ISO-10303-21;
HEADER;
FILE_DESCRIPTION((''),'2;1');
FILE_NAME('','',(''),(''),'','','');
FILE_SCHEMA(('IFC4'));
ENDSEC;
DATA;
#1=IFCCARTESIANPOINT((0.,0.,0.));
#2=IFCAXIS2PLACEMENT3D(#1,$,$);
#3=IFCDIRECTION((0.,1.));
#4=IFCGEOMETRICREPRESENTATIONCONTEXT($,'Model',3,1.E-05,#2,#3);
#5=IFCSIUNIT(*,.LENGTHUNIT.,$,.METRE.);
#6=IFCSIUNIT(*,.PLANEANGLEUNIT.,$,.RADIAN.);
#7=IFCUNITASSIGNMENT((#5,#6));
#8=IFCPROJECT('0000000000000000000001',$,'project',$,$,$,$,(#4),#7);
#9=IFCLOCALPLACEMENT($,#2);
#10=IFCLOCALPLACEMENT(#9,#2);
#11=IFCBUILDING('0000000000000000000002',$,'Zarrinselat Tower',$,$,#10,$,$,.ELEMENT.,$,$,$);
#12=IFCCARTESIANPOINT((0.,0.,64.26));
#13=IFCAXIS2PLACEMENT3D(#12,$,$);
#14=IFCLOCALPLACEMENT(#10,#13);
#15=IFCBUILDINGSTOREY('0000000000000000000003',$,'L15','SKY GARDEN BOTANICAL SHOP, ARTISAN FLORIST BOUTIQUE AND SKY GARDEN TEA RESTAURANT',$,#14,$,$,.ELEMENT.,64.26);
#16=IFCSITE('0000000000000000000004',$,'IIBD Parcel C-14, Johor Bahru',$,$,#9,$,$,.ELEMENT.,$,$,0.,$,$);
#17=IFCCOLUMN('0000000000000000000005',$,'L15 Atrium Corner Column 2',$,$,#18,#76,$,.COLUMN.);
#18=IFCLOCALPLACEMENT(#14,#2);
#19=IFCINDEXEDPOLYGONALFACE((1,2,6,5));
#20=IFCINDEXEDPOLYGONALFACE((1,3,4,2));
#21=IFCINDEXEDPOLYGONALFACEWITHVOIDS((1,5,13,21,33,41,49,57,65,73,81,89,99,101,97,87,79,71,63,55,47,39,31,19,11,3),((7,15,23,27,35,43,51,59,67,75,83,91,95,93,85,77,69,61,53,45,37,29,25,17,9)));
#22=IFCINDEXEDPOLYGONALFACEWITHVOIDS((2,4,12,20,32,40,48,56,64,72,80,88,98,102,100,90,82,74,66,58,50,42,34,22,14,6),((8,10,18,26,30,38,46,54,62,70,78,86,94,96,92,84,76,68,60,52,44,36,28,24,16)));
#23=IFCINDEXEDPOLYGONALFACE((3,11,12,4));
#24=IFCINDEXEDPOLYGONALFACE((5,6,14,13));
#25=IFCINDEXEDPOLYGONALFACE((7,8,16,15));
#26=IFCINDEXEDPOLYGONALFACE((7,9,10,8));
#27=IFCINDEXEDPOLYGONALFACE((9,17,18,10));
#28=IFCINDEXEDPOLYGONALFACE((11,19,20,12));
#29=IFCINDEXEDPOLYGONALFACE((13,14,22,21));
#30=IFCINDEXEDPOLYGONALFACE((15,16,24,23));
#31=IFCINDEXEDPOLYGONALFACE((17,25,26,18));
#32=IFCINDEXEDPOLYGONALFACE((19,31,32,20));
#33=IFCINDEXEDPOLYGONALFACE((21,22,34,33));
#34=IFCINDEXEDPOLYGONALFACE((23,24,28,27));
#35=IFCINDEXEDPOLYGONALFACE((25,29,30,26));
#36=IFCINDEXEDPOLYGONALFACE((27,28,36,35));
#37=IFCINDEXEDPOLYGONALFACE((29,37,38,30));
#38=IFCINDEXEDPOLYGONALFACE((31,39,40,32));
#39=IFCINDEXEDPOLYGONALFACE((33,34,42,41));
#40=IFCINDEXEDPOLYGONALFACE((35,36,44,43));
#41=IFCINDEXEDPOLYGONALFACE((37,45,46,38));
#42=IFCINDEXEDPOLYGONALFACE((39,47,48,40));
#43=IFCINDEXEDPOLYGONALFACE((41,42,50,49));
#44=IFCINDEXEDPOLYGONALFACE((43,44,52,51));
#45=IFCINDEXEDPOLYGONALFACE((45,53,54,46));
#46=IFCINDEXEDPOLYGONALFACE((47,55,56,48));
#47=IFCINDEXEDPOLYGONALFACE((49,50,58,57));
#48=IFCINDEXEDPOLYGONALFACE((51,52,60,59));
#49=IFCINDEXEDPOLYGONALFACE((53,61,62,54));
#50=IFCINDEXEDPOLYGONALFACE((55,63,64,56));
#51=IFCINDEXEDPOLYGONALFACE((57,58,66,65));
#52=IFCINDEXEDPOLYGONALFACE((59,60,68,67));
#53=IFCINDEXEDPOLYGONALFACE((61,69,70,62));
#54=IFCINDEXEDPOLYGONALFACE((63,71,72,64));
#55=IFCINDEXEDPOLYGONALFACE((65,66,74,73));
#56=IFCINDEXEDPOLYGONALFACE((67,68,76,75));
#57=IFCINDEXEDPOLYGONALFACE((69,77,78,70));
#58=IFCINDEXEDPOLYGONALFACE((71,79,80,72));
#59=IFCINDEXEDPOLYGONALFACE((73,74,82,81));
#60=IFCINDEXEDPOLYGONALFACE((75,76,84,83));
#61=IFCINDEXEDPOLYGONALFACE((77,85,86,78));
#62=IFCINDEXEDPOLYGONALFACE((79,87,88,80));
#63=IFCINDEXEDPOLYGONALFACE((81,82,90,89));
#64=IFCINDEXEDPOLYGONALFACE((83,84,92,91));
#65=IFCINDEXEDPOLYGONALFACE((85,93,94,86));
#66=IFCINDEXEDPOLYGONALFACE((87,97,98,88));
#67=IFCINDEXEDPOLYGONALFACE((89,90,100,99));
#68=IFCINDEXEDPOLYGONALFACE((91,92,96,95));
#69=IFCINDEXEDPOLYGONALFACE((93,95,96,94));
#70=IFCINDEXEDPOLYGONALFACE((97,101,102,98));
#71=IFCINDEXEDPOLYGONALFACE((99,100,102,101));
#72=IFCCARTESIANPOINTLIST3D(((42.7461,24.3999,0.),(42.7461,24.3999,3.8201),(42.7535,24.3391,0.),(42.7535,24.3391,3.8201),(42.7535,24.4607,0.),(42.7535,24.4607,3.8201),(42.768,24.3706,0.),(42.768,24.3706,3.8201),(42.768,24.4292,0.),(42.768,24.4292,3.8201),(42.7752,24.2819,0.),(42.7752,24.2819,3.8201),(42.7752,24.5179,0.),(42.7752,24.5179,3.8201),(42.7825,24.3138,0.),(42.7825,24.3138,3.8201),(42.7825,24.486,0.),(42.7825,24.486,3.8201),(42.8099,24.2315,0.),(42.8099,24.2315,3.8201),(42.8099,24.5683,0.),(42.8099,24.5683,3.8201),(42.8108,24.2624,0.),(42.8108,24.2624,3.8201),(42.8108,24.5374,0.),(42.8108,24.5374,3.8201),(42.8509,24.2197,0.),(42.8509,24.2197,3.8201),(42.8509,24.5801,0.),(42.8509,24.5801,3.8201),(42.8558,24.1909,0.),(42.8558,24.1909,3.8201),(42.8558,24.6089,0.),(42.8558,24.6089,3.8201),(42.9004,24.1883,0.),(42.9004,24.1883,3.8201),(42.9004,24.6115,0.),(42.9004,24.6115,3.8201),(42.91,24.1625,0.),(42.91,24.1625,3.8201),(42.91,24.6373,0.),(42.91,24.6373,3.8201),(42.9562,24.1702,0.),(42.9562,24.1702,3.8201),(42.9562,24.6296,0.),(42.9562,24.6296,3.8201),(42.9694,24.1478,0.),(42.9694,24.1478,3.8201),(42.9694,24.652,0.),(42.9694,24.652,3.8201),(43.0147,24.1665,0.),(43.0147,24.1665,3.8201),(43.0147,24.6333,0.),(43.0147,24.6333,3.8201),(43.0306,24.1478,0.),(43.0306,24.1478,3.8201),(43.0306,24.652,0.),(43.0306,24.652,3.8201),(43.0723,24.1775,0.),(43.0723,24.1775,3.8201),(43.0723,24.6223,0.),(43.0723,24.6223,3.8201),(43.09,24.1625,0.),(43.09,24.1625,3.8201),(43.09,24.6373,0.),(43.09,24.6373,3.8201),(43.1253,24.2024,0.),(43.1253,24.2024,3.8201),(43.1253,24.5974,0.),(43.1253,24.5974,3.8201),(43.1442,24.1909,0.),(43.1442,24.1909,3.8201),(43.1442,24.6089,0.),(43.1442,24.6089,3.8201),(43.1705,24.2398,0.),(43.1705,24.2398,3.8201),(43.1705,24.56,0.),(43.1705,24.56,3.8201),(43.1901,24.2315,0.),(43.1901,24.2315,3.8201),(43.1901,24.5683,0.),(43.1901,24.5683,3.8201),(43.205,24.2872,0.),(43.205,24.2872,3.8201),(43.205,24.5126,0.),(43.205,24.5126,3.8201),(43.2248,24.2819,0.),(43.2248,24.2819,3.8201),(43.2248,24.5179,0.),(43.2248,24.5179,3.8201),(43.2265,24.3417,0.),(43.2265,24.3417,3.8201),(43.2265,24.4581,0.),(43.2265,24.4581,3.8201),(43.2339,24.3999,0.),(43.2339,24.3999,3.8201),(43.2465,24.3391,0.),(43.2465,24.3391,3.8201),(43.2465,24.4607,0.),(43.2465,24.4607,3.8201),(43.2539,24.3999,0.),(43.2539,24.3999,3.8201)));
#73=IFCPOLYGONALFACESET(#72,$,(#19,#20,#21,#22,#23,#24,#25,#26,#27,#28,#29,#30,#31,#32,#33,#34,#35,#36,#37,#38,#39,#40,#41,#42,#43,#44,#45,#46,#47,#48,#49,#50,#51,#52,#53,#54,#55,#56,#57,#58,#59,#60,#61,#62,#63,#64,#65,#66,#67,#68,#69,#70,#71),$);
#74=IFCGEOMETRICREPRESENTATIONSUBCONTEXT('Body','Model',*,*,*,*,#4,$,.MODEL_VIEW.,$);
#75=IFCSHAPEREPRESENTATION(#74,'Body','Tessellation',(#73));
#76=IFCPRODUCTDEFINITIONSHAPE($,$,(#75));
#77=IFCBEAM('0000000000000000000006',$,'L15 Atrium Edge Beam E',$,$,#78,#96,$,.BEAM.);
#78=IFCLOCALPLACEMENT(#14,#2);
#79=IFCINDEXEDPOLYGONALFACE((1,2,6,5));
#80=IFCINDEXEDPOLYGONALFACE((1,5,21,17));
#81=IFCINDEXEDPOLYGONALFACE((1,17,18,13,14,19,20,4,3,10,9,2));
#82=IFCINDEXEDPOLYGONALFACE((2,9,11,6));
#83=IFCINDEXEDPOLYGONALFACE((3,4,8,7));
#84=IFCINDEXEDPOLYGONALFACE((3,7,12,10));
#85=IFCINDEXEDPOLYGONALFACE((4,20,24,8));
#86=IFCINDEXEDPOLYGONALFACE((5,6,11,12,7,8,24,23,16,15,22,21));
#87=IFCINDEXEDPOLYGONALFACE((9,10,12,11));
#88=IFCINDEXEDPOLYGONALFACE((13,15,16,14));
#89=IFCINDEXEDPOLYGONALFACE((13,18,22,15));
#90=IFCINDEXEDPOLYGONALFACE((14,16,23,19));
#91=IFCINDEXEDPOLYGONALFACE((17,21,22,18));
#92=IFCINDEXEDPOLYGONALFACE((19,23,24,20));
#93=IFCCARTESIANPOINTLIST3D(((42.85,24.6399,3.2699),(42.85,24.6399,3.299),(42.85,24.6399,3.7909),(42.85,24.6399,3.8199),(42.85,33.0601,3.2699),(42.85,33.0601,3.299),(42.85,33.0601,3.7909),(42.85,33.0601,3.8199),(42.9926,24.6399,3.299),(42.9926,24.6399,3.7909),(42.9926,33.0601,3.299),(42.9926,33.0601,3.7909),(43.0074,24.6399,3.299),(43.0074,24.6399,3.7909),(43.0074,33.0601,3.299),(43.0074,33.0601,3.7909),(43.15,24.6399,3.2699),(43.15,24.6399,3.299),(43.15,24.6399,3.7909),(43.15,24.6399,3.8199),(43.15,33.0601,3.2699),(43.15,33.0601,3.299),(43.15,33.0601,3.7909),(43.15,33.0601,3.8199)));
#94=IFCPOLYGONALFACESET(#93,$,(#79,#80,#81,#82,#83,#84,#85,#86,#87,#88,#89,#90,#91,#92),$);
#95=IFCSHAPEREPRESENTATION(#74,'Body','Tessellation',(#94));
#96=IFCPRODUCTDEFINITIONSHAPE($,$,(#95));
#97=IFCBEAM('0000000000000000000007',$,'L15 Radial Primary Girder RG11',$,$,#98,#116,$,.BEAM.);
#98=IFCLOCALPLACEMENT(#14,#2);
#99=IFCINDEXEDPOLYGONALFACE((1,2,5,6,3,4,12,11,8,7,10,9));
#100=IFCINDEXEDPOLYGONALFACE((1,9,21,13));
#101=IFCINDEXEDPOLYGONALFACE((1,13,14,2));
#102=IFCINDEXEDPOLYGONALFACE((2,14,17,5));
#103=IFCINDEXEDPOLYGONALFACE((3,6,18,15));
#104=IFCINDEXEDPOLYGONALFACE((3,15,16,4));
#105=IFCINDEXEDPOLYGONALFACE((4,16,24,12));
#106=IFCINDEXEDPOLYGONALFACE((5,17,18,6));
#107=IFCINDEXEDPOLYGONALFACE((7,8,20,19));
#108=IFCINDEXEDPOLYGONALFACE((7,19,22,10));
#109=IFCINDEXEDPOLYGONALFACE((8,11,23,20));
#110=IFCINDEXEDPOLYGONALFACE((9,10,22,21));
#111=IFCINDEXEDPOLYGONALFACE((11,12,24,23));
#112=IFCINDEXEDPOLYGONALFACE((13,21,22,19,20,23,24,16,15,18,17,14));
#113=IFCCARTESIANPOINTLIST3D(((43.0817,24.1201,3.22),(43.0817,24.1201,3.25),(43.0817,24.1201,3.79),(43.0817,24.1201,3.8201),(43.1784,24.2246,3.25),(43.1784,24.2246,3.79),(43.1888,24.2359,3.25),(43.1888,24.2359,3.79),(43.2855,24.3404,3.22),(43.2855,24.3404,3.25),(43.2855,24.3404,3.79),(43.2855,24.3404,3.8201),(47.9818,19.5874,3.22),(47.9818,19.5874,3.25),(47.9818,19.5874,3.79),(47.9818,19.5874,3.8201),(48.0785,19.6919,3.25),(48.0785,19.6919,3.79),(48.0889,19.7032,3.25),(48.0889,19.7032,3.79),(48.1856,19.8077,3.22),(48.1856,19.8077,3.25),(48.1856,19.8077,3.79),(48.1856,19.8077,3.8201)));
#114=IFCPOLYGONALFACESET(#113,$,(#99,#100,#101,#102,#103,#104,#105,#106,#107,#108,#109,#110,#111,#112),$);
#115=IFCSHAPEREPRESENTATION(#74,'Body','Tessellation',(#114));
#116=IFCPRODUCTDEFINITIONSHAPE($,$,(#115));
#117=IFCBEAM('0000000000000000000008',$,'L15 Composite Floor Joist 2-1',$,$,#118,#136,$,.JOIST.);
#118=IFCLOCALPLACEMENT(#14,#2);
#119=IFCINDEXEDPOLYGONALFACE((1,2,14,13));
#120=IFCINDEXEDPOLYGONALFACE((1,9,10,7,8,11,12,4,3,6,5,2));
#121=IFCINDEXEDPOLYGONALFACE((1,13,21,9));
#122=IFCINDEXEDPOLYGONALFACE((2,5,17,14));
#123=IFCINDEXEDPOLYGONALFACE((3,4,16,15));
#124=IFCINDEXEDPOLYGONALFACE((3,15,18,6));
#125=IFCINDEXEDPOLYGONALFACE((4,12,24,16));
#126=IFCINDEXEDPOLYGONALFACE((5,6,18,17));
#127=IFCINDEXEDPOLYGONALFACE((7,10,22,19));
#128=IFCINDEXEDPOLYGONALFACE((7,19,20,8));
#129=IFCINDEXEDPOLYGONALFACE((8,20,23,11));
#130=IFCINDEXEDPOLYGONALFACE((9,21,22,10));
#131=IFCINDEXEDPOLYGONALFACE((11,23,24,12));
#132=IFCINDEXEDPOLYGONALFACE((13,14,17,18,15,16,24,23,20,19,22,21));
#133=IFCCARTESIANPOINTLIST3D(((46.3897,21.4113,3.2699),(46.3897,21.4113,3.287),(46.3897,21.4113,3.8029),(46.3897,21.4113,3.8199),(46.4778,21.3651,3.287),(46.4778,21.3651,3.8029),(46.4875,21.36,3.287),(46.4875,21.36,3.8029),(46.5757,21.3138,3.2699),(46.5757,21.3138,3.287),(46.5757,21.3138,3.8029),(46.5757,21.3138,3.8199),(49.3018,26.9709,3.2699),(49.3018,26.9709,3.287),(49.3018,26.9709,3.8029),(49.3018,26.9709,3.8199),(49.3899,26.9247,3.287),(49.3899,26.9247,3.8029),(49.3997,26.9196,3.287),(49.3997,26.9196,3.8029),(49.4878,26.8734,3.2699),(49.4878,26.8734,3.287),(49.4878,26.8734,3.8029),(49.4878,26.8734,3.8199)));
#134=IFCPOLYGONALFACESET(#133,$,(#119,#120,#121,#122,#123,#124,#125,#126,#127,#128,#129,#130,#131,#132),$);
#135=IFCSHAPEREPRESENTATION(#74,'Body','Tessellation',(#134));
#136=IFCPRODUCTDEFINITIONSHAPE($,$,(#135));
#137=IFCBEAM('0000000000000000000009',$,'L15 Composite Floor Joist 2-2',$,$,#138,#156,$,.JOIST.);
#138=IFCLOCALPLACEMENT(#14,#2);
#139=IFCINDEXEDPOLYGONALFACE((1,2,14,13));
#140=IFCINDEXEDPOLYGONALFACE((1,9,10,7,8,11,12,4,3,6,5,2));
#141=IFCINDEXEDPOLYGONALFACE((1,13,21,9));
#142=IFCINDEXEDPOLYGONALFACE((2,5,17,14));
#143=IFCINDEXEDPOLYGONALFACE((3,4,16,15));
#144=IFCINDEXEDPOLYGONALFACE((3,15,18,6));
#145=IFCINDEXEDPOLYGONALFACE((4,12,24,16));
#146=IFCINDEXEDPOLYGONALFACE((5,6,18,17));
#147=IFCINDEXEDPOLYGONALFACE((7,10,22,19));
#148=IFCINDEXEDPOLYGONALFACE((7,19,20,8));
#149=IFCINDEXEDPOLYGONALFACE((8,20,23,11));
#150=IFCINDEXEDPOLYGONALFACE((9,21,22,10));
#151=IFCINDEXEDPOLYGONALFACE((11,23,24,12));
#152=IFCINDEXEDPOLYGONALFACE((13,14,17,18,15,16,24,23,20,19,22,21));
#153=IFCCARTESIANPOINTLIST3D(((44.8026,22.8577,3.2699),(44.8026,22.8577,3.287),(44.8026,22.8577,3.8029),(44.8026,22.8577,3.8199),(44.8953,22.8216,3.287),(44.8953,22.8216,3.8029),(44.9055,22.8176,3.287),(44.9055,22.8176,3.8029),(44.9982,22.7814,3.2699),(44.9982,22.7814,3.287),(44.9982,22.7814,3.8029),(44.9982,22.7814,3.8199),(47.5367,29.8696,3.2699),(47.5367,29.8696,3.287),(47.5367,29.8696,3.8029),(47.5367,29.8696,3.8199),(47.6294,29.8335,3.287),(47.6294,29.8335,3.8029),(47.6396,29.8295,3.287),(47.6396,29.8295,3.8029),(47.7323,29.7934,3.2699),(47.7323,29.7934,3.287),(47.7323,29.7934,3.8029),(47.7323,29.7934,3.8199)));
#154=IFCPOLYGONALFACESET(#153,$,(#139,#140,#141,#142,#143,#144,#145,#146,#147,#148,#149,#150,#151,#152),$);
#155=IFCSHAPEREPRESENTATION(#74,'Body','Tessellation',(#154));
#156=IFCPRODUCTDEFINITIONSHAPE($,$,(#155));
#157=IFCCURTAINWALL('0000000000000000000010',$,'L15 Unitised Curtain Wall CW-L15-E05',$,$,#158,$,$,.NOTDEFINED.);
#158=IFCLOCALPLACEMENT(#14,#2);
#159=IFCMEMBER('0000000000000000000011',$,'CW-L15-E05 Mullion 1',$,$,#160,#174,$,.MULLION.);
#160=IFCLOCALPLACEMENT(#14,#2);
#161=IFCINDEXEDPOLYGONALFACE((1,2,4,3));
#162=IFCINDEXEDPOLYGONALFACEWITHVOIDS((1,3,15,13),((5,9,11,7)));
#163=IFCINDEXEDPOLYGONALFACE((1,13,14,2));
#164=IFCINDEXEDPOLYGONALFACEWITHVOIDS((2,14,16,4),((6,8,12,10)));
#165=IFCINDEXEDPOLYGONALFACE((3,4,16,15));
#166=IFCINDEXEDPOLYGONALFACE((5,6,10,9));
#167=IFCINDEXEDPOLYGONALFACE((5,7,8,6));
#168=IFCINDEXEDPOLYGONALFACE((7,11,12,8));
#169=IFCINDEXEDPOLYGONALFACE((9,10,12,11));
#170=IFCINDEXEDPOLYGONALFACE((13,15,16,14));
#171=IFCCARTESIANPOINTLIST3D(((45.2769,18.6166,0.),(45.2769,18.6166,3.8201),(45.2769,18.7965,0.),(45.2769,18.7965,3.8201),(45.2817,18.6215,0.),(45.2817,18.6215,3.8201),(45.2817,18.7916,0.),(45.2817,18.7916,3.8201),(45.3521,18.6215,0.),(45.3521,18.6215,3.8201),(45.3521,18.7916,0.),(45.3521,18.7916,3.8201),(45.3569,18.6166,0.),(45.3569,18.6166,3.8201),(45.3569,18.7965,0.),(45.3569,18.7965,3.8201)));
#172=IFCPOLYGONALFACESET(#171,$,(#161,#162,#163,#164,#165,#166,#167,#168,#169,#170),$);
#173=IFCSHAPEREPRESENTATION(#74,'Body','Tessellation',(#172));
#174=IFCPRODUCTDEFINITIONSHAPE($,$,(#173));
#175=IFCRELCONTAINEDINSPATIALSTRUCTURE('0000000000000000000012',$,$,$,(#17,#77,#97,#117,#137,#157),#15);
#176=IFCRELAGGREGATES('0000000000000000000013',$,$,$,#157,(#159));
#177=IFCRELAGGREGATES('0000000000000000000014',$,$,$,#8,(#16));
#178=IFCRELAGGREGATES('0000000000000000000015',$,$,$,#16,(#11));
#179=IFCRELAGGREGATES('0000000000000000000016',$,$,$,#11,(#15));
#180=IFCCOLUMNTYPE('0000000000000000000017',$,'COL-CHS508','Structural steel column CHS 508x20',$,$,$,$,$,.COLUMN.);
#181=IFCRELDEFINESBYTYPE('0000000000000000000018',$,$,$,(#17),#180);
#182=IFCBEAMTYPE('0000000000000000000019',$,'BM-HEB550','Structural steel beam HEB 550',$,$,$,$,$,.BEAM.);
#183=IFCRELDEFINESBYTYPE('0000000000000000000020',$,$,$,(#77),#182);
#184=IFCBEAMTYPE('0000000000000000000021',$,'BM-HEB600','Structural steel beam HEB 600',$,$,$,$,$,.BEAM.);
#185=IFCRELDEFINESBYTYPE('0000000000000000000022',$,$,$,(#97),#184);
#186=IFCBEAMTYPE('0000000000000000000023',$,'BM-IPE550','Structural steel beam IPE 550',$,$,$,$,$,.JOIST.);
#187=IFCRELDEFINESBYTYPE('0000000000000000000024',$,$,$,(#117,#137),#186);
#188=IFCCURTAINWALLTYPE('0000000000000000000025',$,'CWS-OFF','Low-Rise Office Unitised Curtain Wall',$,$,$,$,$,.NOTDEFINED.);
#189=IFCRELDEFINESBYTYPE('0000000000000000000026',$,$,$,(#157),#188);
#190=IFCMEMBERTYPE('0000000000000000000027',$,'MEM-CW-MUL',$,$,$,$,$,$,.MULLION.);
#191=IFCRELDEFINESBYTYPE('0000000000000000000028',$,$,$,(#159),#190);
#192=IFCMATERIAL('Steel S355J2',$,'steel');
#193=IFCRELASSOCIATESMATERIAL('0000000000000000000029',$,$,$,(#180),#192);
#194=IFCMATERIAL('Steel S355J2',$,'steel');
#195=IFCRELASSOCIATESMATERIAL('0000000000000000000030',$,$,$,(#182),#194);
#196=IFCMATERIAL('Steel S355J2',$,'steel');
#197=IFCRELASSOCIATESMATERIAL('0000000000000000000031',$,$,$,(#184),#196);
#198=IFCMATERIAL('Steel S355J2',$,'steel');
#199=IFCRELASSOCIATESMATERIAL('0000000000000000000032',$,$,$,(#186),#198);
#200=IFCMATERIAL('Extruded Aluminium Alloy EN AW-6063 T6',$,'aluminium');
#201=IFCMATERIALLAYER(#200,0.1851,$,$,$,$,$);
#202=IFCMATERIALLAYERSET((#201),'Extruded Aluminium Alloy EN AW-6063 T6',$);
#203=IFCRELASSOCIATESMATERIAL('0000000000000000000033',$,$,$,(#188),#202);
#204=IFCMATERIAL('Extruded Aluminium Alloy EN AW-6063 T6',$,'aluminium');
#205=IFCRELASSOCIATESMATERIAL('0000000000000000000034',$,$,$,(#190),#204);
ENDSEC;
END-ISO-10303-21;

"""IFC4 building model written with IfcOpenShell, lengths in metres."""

from ifc_helpers import new_model, si_unit, direction, frame, origin, origin_2d, place, context, subcontext, project, spatial, hollow_rectangle, hollow_circle, i_section, extrude, material, layer, layer_set, material_profile, profile_set, type_object, element, aggregate, save


model = new_model("IFC4")

# Units and contexts
model_context = context("Model", 3, precision=1e-05, world=origin(), true_north=direction((0.0, 1.0)))
body_context = subcontext(model_context, "Body", "Model", "MODEL_VIEW")
ifc_project = project(units=[si_unit("LENGTHUNIT", "METRE"), si_unit("PLANEANGLEUNIT", "RADIAN")], contexts=[model_context])

# Site, building, storey
site_placement = place(None, origin())
site = spatial("IfcSite", under=ifc_project, at=site_placement, Name="IIBD Parcel C-14, Johor Bahru", CompositionType="ELEMENT", RefElevation=0.0)
building_placement = place(site_placement, origin())
building = spatial("IfcBuilding", under=site, at=building_placement, Name="Zarrinselat Tower", CompositionType="ELEMENT")
storey_placement = place(building_placement, frame((0.0, 0.0, 64.26)))
storey = spatial("IfcBuildingStorey", under=building, at=storey_placement, Name="L15", Description="SKY GARDEN BOTANICAL SHOP, ARTISAN FLORIST BOUTIQUE AND SKY GARDEN TEA RESTAURANT", CompositionType="ELEMENT", Elevation=64.26)

# Column
ifc_material_1 = material(Name="Steel S355J2", Category="steel")
ifc_material_profile_1 = material_profile(ifc_material_1, hollow_circle(Radius=0.2539, WallThickness=0.02, at=origin_2d()), Name="CHS 508x20")
ifc_profile_set_1 = profile_set([ifc_material_profile_1], Name="Steel S355J2")
column_type = type_object("IfcColumnType", Name="COL-CHS508", Description="Structural steel column CHS 508x20", PredefinedType="COLUMN", material=ifc_profile_set_1)
column_placement = place(storey_placement, frame((43.0, 24.3999, 0.0), z_axis=(0.0, 0.0, 1.0), x_axis=(1.0, 0.0, 0.0)))
element("IfcColumn", 1, at=column_placement, inside=storey, type_object=column_type, Name="L15 Atrium Corner Column 2", PredefinedType="COLUMN", context=body_context, shape_type="SweptSolid", body=[
    extrude(hollow_circle(Radius=0.2539, WallThickness=0.02, at=origin_2d()), origin(), (0.0, 0.0, 1.0), 3.8201),
])

# Beams
ifc_material_2 = material(Name="Steel S355J2", Category="steel")
ifc_material_profile_2 = material_profile(ifc_material_2, i_section(OverallWidth=0.3, OverallDepth=0.55, WebThickness=0.0149, FlangeThickness=0.0291, at=origin_2d()), Name="HEB 550")
ifc_profile_set_2 = profile_set([ifc_material_profile_2], Name="Steel S355J2")
beam_type_1 = type_object("IfcBeamType", Name="BM-HEB550", Description="Structural steel beam HEB 550", PredefinedType="BEAM", material=ifc_profile_set_2)
beam_1_placement = place(storey_placement, frame((43.0, 24.6399, 3.5449), z_axis=(0.0, 1.0, 0.0), x_axis=(-1.0, 0.0, 0.0)))
element("IfcBeam", 2, at=beam_1_placement, inside=storey, type_object=beam_type_1, Name="L15 Atrium Edge Beam E", PredefinedType="BEAM", context=body_context, shape_type="SweptSolid", body=[
    extrude(i_section(OverallWidth=0.3, OverallDepth=0.55, WebThickness=0.0149, FlangeThickness=0.0291, at=origin_2d()), origin(), (0.0, 0.0, 1.0), 8.4202),
])
ifc_material_3 = material(Name="Steel S355J2", Category="steel")
ifc_material_profile_3 = material_profile(ifc_material_3, i_section(OverallWidth=0.3, OverallDepth=0.6001, WebThickness=0.0154, FlangeThickness=0.03, at=origin_2d()), Name="HEB 600")
ifc_profile_set_3 = profile_set([ifc_material_profile_3], Name="Steel S355J2")
beam_type_2 = type_object("IfcBeamType", Name="BM-HEB600", Description="Structural steel beam HEB 600", PredefinedType="BEAM", material=ifc_profile_set_3)
beam_2_placement = place(storey_placement, frame((43.1836, 24.2302, 3.52), z_axis=(0.734094, -0.679048, 0.0), x_axis=(0.679048, 0.734094, 0.0)))
element("IfcBeam", 3, at=beam_2_placement, inside=storey, type_object=beam_type_2, Name="L15 Radial Primary Girder RG11", PredefinedType="BEAM", context=body_context, shape_type="SweptSolid", body=[
    extrude(i_section(OverallWidth=0.3, OverallDepth=0.6001, WebThickness=0.0154, FlangeThickness=0.03, at=origin_2d()), origin(), (0.0, 0.0, 1.0), 6.675),
])
ifc_material_4 = material(Name="Steel S355J2", Category="steel")
ifc_material_profile_4 = material_profile(ifc_material_4, i_section(OverallWidth=0.21, OverallDepth=0.55, WebThickness=0.011, FlangeThickness=0.0171, at=origin_2d()), Name="IPE 550")
ifc_profile_set_4 = profile_set([ifc_material_profile_4], Name="Steel S355J2")
beam_type_3 = type_object("IfcBeamType", Name="BM-IPE550", Description="Structural steel beam IPE 550", PredefinedType="JOIST", material=ifc_profile_set_4)
beam_3_placement = place(storey_placement, frame((46.4827, 21.3625, 3.5449), z_axis=(0.464001, 0.885835, 0.0), x_axis=(-0.885835, 0.464001, 0.0)))
element("IfcBeam", 4, at=beam_3_placement, inside=storey, type_object=beam_type_3, Name="L15 Composite Floor Joist 2-1", PredefinedType="JOIST", context=body_context, shape_type="SweptSolid", body=[
    extrude(i_section(OverallWidth=0.21, OverallDepth=0.55, WebThickness=0.011, FlangeThickness=0.0171, at=origin_2d()), origin(), (0.0, 0.0, 1.0), 6.2761),
])
beam_4_placement = place(storey_placement, frame((44.9004, 22.8196, 3.5449), z_axis=(0.363284, 0.931679, 0.0), x_axis=(-0.931679, 0.363284, 0.0)))
element("IfcBeam", 5, at=beam_4_placement, inside=storey, type_object=beam_type_3, Name="L15 Composite Floor Joist 2-2", PredefinedType="JOIST", context=body_context, shape_type="SweptSolid", body=[
    extrude(i_section(OverallWidth=0.21, OverallDepth=0.55, WebThickness=0.011, FlangeThickness=0.0171, at=origin_2d()), origin(), (0.0, 0.0, 1.0), 7.5261),
])

# Curtain wall, member
ifc_material_5 = material(Name="Extruded Aluminium Alloy EN AW-6063 T6", Category="aluminium")
ifc_layer_1 = layer(ifc_material_5, 0.1851)
ifc_layer_set_1 = layer_set([ifc_layer_1], Name="Extruded Aluminium Alloy EN AW-6063 T6")
curtain_wall_type = type_object("IfcCurtainWallType", Name="CWS-OFF", Description="Low-Rise Office Unitised Curtain Wall", PredefinedType="NOTDEFINED", material=ifc_layer_set_1)
curtain_wall_placement = place(storey_placement, origin())
curtain_wall = element("IfcCurtainWall", 6, at=curtain_wall_placement, inside=storey, type_object=curtain_wall_type, Name="L15 Unitised Curtain Wall CW-L15-E05", PredefinedType="NOTDEFINED")
ifc_material_6 = material(Name="Extruded Aluminium Alloy EN AW-6063 T6", Category="aluminium")
ifc_material_profile_5 = material_profile(ifc_material_6, hollow_rectangle(XDim=0.0801, YDim=0.1799, WallThickness=0.0049, at=origin_2d()), Name="RHS 180x80x5")
ifc_profile_set_5 = profile_set([ifc_material_profile_5], Name="Extruded Aluminium Alloy EN AW-6063 T6")
member_type_1 = type_object("IfcMemberType", Name="MEM-CW-MUL", PredefinedType="MULLION", material=ifc_profile_set_5)
member_1_placement = place(storey_placement, frame((45.3169, 18.7065, 0.0), z_axis=(0.0, 0.0, 1.0), x_axis=(-1.0, 0.0, 0.0)))
member_1 = element("IfcMember", 7, at=member_1_placement, type_object=member_type_1, Name="CW-L15-E05 Mullion 1", PredefinedType="MULLION", context=body_context, shape_type="SweptSolid", body=[
    extrude(hollow_rectangle(XDim=0.0801, YDim=0.1799, WallThickness=0.0049, at=origin_2d()), origin(), (0.0, 0.0, 1.0), 3.8201),
])
aggregate(curtain_wall, [member_1])

save(model, "model.ifc")
